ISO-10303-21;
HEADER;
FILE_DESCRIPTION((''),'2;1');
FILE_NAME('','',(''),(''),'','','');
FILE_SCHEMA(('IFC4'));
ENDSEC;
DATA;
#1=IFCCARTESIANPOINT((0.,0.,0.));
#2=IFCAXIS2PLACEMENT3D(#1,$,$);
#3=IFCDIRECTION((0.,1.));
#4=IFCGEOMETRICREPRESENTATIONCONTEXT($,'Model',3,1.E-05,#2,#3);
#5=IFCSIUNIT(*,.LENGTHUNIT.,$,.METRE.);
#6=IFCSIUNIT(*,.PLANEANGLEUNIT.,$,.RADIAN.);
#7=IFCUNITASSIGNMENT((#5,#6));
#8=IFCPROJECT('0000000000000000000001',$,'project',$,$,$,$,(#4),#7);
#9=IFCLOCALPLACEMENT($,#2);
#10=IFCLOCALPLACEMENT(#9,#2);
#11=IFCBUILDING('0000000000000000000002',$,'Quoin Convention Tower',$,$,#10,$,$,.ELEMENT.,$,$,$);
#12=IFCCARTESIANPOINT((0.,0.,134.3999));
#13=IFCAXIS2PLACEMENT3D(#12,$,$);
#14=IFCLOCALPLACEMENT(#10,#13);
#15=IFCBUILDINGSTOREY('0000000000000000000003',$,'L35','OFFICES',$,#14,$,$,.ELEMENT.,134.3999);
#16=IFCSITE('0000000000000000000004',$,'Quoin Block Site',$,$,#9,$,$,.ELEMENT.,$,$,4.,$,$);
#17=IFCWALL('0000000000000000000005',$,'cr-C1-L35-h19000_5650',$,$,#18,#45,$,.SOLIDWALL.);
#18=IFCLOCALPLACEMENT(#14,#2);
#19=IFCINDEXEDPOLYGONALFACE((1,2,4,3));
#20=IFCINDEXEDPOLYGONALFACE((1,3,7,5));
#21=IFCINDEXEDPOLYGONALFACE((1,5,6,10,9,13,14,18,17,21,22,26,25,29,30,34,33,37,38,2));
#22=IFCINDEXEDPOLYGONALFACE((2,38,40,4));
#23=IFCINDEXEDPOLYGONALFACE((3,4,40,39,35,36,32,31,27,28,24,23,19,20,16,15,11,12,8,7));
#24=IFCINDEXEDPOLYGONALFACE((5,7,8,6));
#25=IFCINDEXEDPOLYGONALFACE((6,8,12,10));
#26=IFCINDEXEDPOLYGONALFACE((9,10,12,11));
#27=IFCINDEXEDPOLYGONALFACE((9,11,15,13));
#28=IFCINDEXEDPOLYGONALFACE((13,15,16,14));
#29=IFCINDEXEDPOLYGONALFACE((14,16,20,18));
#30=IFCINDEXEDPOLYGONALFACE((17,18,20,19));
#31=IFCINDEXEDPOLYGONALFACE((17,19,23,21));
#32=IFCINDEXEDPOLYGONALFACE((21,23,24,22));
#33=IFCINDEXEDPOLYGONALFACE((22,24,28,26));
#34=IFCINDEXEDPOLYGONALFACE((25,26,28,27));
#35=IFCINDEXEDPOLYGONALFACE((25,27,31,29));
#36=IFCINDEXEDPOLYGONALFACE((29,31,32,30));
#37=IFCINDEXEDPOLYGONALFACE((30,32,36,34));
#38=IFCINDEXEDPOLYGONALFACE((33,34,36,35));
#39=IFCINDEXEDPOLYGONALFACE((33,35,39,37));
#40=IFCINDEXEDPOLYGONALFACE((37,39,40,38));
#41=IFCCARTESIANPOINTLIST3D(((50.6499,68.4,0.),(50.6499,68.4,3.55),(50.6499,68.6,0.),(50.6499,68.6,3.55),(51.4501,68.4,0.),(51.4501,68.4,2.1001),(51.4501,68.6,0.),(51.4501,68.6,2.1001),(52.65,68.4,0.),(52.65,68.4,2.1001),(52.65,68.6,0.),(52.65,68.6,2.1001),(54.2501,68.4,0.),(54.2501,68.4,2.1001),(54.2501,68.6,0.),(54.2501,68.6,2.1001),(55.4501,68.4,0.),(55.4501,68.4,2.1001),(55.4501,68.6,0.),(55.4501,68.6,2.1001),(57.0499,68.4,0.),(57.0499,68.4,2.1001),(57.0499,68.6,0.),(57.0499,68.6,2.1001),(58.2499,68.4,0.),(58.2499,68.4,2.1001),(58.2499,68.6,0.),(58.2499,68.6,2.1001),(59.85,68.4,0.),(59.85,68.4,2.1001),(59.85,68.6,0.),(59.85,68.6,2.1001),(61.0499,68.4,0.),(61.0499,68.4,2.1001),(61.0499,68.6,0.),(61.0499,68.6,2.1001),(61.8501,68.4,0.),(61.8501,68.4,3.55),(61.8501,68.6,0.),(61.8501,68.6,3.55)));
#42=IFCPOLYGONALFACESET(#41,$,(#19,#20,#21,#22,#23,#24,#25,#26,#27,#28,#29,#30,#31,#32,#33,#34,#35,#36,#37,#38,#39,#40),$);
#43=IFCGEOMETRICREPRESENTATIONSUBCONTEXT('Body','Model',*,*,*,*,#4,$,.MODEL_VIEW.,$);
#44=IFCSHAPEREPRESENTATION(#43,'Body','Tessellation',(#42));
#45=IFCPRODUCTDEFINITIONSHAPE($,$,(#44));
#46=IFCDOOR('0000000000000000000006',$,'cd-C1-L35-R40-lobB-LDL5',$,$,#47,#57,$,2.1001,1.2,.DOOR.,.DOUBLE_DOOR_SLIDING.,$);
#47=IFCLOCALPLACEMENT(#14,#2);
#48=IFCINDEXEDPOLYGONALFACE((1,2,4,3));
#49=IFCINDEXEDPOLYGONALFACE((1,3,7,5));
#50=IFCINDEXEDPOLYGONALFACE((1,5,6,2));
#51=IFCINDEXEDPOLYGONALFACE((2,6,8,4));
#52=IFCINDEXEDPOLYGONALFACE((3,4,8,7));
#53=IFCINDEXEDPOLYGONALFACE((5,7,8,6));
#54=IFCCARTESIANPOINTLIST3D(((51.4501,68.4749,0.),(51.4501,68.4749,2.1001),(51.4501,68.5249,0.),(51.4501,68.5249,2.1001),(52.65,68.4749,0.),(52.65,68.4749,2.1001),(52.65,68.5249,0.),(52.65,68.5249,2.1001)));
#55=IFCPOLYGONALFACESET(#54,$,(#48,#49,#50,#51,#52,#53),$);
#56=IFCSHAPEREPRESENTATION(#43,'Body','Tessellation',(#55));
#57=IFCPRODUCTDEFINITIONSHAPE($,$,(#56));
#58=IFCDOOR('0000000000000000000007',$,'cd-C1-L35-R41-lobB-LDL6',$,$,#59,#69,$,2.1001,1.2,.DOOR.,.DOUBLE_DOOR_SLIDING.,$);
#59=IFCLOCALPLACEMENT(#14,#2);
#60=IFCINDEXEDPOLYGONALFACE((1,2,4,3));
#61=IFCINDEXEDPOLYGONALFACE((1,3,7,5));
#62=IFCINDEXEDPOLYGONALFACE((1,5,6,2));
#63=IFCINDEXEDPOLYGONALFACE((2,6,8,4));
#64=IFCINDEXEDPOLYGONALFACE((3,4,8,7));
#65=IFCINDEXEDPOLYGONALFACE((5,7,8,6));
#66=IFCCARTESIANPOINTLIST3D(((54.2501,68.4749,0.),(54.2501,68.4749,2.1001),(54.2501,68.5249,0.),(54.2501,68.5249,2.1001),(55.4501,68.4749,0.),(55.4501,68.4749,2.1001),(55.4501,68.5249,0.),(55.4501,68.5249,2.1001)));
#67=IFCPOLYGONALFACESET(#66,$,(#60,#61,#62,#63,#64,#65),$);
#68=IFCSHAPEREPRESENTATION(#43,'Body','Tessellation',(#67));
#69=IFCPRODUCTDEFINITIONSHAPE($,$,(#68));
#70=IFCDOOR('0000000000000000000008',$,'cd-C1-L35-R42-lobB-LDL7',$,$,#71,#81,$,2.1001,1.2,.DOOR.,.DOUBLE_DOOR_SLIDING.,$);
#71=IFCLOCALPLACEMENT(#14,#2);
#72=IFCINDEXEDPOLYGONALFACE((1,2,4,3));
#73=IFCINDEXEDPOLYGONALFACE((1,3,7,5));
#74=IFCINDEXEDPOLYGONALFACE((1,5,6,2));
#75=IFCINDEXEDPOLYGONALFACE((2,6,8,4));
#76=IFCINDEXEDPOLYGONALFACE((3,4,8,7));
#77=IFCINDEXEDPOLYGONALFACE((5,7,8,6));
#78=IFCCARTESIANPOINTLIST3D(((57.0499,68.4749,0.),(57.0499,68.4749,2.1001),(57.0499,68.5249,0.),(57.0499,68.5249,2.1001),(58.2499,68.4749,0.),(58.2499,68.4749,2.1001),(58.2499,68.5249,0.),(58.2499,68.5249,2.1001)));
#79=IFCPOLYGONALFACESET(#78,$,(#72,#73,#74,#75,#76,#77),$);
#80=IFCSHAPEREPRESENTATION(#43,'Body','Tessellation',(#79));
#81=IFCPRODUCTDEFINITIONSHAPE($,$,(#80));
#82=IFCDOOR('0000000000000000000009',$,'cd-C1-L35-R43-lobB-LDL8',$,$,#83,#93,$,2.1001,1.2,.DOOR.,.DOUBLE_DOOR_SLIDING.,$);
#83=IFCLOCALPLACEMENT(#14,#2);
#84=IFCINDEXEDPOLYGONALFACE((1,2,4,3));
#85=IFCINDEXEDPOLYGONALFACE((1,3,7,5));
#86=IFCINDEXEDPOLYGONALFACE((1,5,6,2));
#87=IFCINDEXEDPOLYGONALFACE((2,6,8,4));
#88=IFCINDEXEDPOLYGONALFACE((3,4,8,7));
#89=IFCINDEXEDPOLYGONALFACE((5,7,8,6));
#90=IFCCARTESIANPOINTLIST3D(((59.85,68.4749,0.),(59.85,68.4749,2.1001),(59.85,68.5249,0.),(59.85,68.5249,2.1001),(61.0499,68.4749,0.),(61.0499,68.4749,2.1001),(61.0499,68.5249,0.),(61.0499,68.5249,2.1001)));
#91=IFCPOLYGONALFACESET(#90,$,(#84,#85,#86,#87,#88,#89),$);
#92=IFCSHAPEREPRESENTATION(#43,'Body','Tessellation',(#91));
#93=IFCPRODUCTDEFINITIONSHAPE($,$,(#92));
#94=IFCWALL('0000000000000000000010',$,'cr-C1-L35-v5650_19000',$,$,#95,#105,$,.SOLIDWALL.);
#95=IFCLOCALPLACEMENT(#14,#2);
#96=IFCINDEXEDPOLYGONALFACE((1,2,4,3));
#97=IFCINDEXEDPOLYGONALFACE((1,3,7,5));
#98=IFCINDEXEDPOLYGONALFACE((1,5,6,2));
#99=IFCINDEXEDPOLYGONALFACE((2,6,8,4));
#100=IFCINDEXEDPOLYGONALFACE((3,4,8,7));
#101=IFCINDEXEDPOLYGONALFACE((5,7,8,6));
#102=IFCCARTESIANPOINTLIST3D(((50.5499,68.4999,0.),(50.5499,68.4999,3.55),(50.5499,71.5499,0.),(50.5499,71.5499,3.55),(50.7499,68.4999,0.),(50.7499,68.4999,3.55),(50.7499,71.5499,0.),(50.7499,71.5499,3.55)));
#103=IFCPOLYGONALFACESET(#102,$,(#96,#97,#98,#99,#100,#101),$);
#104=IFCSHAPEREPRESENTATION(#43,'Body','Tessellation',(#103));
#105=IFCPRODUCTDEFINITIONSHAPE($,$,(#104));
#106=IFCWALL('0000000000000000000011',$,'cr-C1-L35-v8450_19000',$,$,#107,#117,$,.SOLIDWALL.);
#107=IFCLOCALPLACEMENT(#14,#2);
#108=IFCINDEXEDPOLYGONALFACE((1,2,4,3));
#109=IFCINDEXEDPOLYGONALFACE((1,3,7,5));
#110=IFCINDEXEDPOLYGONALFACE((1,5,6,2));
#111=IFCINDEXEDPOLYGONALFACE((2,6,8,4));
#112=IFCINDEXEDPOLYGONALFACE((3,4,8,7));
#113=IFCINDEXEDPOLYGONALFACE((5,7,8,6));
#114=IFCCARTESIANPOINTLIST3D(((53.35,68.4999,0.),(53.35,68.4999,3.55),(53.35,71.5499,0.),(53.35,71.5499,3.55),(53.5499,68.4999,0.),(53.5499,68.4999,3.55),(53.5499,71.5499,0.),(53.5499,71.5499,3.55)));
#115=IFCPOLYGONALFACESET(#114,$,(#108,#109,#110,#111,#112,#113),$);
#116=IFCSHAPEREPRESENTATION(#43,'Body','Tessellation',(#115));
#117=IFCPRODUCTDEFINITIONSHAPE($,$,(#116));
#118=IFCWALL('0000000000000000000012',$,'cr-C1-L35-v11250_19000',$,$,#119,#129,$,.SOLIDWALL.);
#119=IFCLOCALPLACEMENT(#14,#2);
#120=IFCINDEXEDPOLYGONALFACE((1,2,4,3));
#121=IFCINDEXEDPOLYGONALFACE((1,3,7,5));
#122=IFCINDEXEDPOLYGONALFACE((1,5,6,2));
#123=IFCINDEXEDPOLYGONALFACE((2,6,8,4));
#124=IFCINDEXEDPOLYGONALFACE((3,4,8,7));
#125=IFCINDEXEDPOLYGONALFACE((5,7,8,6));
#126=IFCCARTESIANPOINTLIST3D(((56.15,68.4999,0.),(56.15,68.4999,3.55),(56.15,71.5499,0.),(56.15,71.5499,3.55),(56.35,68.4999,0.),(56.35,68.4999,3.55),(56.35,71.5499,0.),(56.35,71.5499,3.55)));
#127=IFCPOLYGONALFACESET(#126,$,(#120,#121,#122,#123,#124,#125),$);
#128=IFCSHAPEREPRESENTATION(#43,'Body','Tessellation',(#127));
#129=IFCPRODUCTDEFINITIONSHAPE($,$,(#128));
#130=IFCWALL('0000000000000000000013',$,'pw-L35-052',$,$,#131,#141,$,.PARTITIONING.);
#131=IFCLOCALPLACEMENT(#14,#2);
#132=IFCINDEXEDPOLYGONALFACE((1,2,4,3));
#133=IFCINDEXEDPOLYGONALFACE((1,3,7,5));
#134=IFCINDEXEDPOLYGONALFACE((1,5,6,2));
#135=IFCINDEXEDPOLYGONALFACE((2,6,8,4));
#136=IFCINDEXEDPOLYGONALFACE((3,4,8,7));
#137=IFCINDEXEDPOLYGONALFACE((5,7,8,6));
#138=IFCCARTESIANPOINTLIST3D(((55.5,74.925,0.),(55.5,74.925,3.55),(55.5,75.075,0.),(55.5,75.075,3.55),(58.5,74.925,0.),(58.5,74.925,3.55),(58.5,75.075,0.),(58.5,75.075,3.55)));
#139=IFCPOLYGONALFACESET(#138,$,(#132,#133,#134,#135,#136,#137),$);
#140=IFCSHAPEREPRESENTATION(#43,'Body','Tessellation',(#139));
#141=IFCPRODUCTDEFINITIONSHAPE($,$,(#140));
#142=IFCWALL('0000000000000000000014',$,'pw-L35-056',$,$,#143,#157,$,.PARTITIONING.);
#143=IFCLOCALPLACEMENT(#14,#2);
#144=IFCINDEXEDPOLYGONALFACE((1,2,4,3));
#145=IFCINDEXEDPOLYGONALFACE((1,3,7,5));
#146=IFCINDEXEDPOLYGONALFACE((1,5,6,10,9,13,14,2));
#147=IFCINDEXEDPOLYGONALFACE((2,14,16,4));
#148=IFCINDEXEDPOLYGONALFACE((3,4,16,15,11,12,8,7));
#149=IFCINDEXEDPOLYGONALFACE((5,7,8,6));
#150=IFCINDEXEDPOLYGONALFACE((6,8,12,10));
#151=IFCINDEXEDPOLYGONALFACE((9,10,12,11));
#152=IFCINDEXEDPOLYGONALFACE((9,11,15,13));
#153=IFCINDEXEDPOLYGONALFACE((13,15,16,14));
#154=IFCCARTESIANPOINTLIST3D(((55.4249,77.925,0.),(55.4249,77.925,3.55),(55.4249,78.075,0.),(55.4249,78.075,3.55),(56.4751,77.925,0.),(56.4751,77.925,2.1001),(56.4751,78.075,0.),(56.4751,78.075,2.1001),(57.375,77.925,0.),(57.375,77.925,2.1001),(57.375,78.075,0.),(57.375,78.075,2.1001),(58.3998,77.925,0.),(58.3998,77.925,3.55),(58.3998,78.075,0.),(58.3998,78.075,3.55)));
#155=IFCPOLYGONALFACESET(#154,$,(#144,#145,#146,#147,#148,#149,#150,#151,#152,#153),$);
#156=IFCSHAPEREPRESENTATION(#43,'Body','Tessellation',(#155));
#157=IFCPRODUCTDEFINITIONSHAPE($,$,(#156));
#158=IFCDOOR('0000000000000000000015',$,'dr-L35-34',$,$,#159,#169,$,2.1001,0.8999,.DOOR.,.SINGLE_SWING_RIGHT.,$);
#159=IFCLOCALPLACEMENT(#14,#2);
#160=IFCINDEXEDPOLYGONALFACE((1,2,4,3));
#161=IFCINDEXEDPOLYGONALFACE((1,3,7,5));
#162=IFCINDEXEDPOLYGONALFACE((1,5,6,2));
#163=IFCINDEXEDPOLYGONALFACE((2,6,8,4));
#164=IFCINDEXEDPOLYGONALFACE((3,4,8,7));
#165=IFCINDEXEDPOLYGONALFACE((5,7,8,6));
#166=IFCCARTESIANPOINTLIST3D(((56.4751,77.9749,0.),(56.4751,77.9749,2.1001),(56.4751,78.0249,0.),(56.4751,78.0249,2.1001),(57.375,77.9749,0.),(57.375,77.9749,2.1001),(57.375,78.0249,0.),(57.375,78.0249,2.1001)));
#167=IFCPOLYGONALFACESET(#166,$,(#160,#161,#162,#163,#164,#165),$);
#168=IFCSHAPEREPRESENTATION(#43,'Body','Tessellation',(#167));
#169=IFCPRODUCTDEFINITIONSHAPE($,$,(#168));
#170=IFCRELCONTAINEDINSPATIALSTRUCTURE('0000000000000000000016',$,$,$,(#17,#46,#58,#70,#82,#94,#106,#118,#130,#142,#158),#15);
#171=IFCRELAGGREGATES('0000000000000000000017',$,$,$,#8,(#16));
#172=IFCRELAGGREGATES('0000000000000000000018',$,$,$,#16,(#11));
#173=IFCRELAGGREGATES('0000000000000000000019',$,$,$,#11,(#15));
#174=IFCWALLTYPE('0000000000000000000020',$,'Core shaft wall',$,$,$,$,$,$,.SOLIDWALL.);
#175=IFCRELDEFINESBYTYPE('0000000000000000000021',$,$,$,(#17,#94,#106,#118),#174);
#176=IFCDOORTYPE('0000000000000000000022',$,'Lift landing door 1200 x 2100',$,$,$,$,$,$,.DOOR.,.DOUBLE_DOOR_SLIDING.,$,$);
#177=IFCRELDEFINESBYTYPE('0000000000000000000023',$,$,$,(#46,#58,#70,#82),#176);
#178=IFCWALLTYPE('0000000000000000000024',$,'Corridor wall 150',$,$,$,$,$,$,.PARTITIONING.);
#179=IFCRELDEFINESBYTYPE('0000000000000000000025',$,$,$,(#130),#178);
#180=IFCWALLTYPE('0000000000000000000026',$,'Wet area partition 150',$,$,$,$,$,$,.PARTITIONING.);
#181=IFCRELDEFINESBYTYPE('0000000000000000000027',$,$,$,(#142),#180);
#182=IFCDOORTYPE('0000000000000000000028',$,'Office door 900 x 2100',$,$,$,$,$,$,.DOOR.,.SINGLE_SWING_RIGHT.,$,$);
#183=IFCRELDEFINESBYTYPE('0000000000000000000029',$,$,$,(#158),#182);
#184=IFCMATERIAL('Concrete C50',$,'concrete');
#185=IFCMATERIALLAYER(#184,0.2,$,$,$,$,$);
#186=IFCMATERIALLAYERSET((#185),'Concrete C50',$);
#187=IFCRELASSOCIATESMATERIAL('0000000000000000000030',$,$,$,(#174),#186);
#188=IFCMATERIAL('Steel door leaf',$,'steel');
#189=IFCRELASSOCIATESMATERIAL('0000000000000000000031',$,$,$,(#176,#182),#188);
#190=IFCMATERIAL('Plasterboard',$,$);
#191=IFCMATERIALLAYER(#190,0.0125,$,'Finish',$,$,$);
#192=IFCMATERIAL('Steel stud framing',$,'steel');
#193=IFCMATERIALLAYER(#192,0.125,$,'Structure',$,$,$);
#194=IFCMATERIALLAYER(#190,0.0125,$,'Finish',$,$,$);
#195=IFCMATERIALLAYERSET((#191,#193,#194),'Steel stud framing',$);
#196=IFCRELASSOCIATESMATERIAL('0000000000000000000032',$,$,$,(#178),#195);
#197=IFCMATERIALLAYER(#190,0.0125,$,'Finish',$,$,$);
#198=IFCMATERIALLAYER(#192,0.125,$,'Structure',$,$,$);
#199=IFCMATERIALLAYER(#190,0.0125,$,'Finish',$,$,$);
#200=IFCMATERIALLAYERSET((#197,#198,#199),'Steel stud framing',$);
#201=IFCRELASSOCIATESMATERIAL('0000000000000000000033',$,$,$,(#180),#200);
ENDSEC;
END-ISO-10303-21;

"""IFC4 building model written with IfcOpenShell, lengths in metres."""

from ifc_helpers import new_model, si_unit, direction, frame, frame_2d, origin, place, context, subcontext, project, spatial, rectangle, extrude, material, layer, layer_set, type_object, element, fill, save


model = new_model("IFC4")

# Units and contexts
model_context = context("Model", 3, precision=1e-05, world=origin(), true_north=direction((0.0, 1.0)))
body_context = subcontext(model_context, "Body", "Model", "MODEL_VIEW")
ifc_project = project(units=[si_unit("LENGTHUNIT", "METRE"), si_unit("PLANEANGLEUNIT", "RADIAN")], contexts=[model_context])

# Site, building, storey
site_placement = place(None, origin())
site = spatial("IfcSite", under=ifc_project, at=site_placement, Name="Quoin Block Site", CompositionType="ELEMENT", RefElevation=4.0)
building_placement = place(site_placement, origin())
building = spatial("IfcBuilding", under=site, at=building_placement, Name="Quoin Convention Tower", CompositionType="ELEMENT")
storey_placement = place(building_placement, frame((0.0, 0.0, 134.3999)))
storey = spatial("IfcBuildingStorey", under=building, at=storey_placement, Name="L35", Description="OFFICES", CompositionType="ELEMENT", Elevation=134.3999)

# Wall, openings, doors
ifc_material_1 = material(Name="Concrete C50", Category="concrete")
ifc_layer_1 = layer(ifc_material_1, 0.2)
ifc_layer_set_1 = layer_set([ifc_layer_1], Name="Concrete C50")
wall_type_1 = type_object("IfcWallType", Name="Core shaft wall", PredefinedType="SOLIDWALL", material=ifc_layer_set_1)
wall_1_placement = place(storey_placement, frame((50.6499, 68.5, 0.0), z_axis=(0.0, 0.0, 1.0), x_axis=(1.0, 0.0, 0.0)))
wall_1 = element("IfcWall", 1, at=wall_1_placement, inside=storey, type_object=wall_type_1, Name="cr-C1-L35-h19000_5650", PredefinedType="SOLIDWALL", context=body_context, shape_type="SweptSolid", body=[
    extrude(rectangle(XDim=11.2002, YDim=0.2, at=frame_2d((5.6001, 0.0))), origin(), (0.0, 0.0, 1.0), 3.55),
])
opening_1_placement = place(wall_1_placement, frame((0.8, 0.0, 0.0)))
opening_1 = element("IfcOpeningElement", 2, at=opening_1_placement, cuts=wall_1, PredefinedType="OPENING", context=body_context, shape_type="SweptSolid", body=[
    extrude(rectangle(XDim=1.2, YDim=2.1001, at=frame_2d((0.6001, 1.05))), frame((0.0, 0.1099, 0.0), z_axis=(0.0, -1.0, 0.0), x_axis=(1.0, 0.0, 0.0)), (0.0, 0.0, 1.0), 0.22),
])
opening_2_placement = place(wall_1_placement, frame((3.6001, 0.0, 0.0)))
opening_2 = element("IfcOpeningElement", 3, at=opening_2_placement, cuts=wall_1, PredefinedType="OPENING", context=body_context, shape_type="SweptSolid", body=[
    extrude(rectangle(XDim=1.2, YDim=2.1001, at=frame_2d((0.6001, 1.05))), frame((0.0, 0.1099, 0.0), z_axis=(0.0, -1.0, 0.0), x_axis=(1.0, 0.0, 0.0)), (0.0, 0.0, 1.0), 0.22),
])
opening_3_placement = place(wall_1_placement, frame((6.3999, 0.0, 0.0)))
opening_3 = element("IfcOpeningElement", 4, at=opening_3_placement, cuts=wall_1, PredefinedType="OPENING", context=body_context, shape_type="SweptSolid", body=[
    extrude(rectangle(XDim=1.2, YDim=2.1001, at=frame_2d((0.6001, 1.05))), frame((0.0, 0.1099, 0.0), z_axis=(0.0, -1.0, 0.0), x_axis=(1.0, 0.0, 0.0)), (0.0, 0.0, 1.0), 0.22),
])
opening_4_placement = place(wall_1_placement, frame((9.2, 0.0, 0.0)))
opening_4 = element("IfcOpeningElement", 5, at=opening_4_placement, cuts=wall_1, PredefinedType="OPENING", context=body_context, shape_type="SweptSolid", body=[
    extrude(rectangle(XDim=1.2, YDim=2.1001, at=frame_2d((0.6001, 1.05))), frame((0.0, 0.1099, 0.0), z_axis=(0.0, -1.0, 0.0), x_axis=(1.0, 0.0, 0.0)), (0.0, 0.0, 1.0), 0.22),
])
ifc_material_2 = material(Name="Steel door leaf", Category="steel")
door_type_1 = type_object("IfcDoorType", Name="Lift landing door 1200 x 2100", OperationType="DOUBLE_DOOR_SLIDING", PredefinedType="DOOR", material=ifc_material_2)
door_1_placement = place(opening_1_placement, origin())
door_1 = element("IfcDoor", 6, at=door_1_placement, inside=storey, type_object=door_type_1, Name="cd-C1-L35-R40-lobB-LDL5", OperationType="DOUBLE_DOOR_SLIDING", OverallHeight=2.1001, OverallWidth=1.2, PredefinedType="DOOR", context=body_context, shape_type="SweptSolid", body=[
    extrude(rectangle(XDim=1.2, YDim=2.1001, at=frame_2d((0.6001, 1.05))), frame((0.0, 0.0249, 0.0), z_axis=(0.0, -1.0, 0.0), x_axis=(1.0, 0.0, 0.0)), (0.0, 0.0, 1.0), 0.05),
])
fill(opening_1, door_1)
door_2_placement = place(opening_2_placement, origin())
door_2 = element("IfcDoor", 7, at=door_2_placement, inside=storey, type_object=door_type_1, Name="cd-C1-L35-R41-lobB-LDL6", OperationType="DOUBLE_DOOR_SLIDING", OverallHeight=2.1001, OverallWidth=1.2, PredefinedType="DOOR", context=body_context, shape_type="SweptSolid", body=[
    extrude(rectangle(XDim=1.2, YDim=2.1001, at=frame_2d((0.6001, 1.05))), frame((0.0, 0.0249, 0.0), z_axis=(0.0, -1.0, 0.0), x_axis=(1.0, 0.0, 0.0)), (0.0, 0.0, 1.0), 0.05),
])
fill(opening_2, door_2)
door_3_placement = place(opening_3_placement, origin())
door_3 = element("IfcDoor", 8, at=door_3_placement, inside=storey, type_object=door_type_1, Name="cd-C1-L35-R42-lobB-LDL7", OperationType="DOUBLE_DOOR_SLIDING", OverallHeight=2.1001, OverallWidth=1.2, PredefinedType="DOOR", context=body_context, shape_type="SweptSolid", body=[
    extrude(rectangle(XDim=1.2, YDim=2.1001, at=frame_2d((0.6001, 1.05))), frame((0.0, 0.0249, 0.0), z_axis=(0.0, -1.0, 0.0), x_axis=(1.0, 0.0, 0.0)), (0.0, 0.0, 1.0), 0.05),
])
fill(opening_3, door_3)
door_4_placement = place(opening_4_placement, origin())
door_4 = element("IfcDoor", 9, at=door_4_placement, inside=storey, type_object=door_type_1, Name="cd-C1-L35-R43-lobB-LDL8", OperationType="DOUBLE_DOOR_SLIDING", OverallHeight=2.1001, OverallWidth=1.2, PredefinedType="DOOR", context=body_context, shape_type="SweptSolid", body=[
    extrude(rectangle(XDim=1.2, YDim=2.1001, at=frame_2d((0.6001, 1.05))), frame((0.0, 0.0249, 0.0), z_axis=(0.0, -1.0, 0.0), x_axis=(1.0, 0.0, 0.0)), (0.0, 0.0, 1.0), 0.05),
])
fill(opening_4, door_4)

# Walls
for number, where, z_axis, x_axis, name in (
    (10, (50.6499, 68.5, 0.0), (0.0, 0.0, 1.0), (0.0, 1.0, 0.0), "cr-C1-L35-v5650_19000"),
    (11, (53.45, 68.5, 0.0), (0.0, 0.0, 1.0), (0.0, 1.0, 0.0), "cr-C1-L35-v8450_19000"),
    (12, (56.25, 68.5, 0.0), (0.0, 0.0, 1.0), (0.0, 1.0, 0.0), "cr-C1-L35-v11250_19000"),
):
    element("IfcWall", number, at=place(storey_placement, frame(where, z_axis=z_axis, x_axis=x_axis)), inside=storey, type_object=wall_type_1, Name=name, PredefinedType="SOLIDWALL", context=body_context, shape_type="SweptSolid", body=[
        extrude(rectangle(XDim=3.05, YDim=0.2, at=frame_2d((1.5249, 0.0))), origin(), (0.0, 0.0, 1.0), 3.55),
    ])
ifc_material_3 = material(Name="Plasterboard")
ifc_layer_2 = layer(ifc_material_3, 0.0125, Name="Finish")
ifc_material_4 = material(Name="Steel stud framing", Category="steel")
ifc_layer_3 = layer(ifc_material_4, 0.125, Name="Structure")
ifc_layer_4 = layer(ifc_material_3, 0.0125, Name="Finish")
ifc_layer_set_2 = layer_set([ifc_layer_2, ifc_layer_3, ifc_layer_4], Name="Steel stud framing")
wall_type_2 = type_object("IfcWallType", Name="Corridor wall 150", PredefinedType="PARTITIONING", material=ifc_layer_set_2)
wall_2_placement = place(storey_placement, frame((55.5, 75.0, 0.0), z_axis=(0.0, 0.0, 1.0), x_axis=(1.0, 0.0, 0.0)))
element("IfcWall", 13, at=wall_2_placement, inside=storey, type_object=wall_type_2, Name="pw-L35-052", PredefinedType="PARTITIONING", context=body_context, shape_type="SweptSolid", body=[
    extrude(rectangle(XDim=3.0, YDim=0.1499, at=frame_2d((1.5, 0.0))), origin(), (0.0, 0.0, 1.0), 3.55),
])

# Wall, opening, door
ifc_layer_5 = layer(ifc_material_3, 0.0125, Name="Finish")
ifc_layer_6 = layer(ifc_material_4, 0.125, Name="Structure")
ifc_layer_7 = layer(ifc_material_3, 0.0125, Name="Finish")
ifc_layer_set_3 = layer_set([ifc_layer_5, ifc_layer_6, ifc_layer_7], Name="Steel stud framing")
wall_type_3 = type_object("IfcWallType", Name="Wet area partition 150", PredefinedType="PARTITIONING", material=ifc_layer_set_3)
wall_3_placement = place(storey_placement, frame((55.425, 78.0, 0.0), z_axis=(0.0, 0.0, 1.0), x_axis=(1.0, 0.0, 0.0)))
wall_3 = element("IfcWall", 14, at=wall_3_placement, inside=storey, type_object=wall_type_3, Name="pw-L35-056", PredefinedType="PARTITIONING", context=body_context, shape_type="SweptSolid", body=[
    extrude(rectangle(XDim=2.9749, YDim=0.1499, at=frame_2d((1.4873, 0.0))), origin(), (0.0, 0.0, 1.0), 3.55),
])
opening_5_placement = place(wall_3_placement, frame((1.05, 0.0, 0.0)))
opening_5 = element("IfcOpeningElement", 15, at=opening_5_placement, cuts=wall_3, PredefinedType="OPENING", context=body_context, shape_type="SweptSolid", body=[
    extrude(rectangle(XDim=0.8999, YDim=2.1001, at=frame_2d((0.45, 1.05))), frame((0.0, 0.085, 0.0), z_axis=(0.0, -1.0, 0.0), x_axis=(1.0, 0.0, 0.0)), (0.0, 0.0, 1.0), 0.1699),
])
door_type_2 = type_object("IfcDoorType", Name="Office door 900 x 2100", OperationType="SINGLE_SWING_RIGHT", PredefinedType="DOOR", material=ifc_material_2)
door_5_placement = place(opening_5_placement, origin())
door_5 = element("IfcDoor", 16, at=door_5_placement, inside=storey, type_object=door_type_2, Name="dr-L35-34", OperationType="SINGLE_SWING_RIGHT", OverallHeight=2.1001, OverallWidth=0.8999, PredefinedType="DOOR", context=body_context, shape_type="SweptSolid", body=[
    extrude(rectangle(XDim=0.8999, YDim=2.1001, at=frame_2d((0.45, 1.05))), frame((0.0, 0.0249, 0.0), z_axis=(0.0, -1.0, 0.0), x_axis=(1.0, 0.0, 0.0)), (0.0, 0.0, 1.0), 0.05),
])
fill(opening_5, door_5)

save(model, "model.ifc")
